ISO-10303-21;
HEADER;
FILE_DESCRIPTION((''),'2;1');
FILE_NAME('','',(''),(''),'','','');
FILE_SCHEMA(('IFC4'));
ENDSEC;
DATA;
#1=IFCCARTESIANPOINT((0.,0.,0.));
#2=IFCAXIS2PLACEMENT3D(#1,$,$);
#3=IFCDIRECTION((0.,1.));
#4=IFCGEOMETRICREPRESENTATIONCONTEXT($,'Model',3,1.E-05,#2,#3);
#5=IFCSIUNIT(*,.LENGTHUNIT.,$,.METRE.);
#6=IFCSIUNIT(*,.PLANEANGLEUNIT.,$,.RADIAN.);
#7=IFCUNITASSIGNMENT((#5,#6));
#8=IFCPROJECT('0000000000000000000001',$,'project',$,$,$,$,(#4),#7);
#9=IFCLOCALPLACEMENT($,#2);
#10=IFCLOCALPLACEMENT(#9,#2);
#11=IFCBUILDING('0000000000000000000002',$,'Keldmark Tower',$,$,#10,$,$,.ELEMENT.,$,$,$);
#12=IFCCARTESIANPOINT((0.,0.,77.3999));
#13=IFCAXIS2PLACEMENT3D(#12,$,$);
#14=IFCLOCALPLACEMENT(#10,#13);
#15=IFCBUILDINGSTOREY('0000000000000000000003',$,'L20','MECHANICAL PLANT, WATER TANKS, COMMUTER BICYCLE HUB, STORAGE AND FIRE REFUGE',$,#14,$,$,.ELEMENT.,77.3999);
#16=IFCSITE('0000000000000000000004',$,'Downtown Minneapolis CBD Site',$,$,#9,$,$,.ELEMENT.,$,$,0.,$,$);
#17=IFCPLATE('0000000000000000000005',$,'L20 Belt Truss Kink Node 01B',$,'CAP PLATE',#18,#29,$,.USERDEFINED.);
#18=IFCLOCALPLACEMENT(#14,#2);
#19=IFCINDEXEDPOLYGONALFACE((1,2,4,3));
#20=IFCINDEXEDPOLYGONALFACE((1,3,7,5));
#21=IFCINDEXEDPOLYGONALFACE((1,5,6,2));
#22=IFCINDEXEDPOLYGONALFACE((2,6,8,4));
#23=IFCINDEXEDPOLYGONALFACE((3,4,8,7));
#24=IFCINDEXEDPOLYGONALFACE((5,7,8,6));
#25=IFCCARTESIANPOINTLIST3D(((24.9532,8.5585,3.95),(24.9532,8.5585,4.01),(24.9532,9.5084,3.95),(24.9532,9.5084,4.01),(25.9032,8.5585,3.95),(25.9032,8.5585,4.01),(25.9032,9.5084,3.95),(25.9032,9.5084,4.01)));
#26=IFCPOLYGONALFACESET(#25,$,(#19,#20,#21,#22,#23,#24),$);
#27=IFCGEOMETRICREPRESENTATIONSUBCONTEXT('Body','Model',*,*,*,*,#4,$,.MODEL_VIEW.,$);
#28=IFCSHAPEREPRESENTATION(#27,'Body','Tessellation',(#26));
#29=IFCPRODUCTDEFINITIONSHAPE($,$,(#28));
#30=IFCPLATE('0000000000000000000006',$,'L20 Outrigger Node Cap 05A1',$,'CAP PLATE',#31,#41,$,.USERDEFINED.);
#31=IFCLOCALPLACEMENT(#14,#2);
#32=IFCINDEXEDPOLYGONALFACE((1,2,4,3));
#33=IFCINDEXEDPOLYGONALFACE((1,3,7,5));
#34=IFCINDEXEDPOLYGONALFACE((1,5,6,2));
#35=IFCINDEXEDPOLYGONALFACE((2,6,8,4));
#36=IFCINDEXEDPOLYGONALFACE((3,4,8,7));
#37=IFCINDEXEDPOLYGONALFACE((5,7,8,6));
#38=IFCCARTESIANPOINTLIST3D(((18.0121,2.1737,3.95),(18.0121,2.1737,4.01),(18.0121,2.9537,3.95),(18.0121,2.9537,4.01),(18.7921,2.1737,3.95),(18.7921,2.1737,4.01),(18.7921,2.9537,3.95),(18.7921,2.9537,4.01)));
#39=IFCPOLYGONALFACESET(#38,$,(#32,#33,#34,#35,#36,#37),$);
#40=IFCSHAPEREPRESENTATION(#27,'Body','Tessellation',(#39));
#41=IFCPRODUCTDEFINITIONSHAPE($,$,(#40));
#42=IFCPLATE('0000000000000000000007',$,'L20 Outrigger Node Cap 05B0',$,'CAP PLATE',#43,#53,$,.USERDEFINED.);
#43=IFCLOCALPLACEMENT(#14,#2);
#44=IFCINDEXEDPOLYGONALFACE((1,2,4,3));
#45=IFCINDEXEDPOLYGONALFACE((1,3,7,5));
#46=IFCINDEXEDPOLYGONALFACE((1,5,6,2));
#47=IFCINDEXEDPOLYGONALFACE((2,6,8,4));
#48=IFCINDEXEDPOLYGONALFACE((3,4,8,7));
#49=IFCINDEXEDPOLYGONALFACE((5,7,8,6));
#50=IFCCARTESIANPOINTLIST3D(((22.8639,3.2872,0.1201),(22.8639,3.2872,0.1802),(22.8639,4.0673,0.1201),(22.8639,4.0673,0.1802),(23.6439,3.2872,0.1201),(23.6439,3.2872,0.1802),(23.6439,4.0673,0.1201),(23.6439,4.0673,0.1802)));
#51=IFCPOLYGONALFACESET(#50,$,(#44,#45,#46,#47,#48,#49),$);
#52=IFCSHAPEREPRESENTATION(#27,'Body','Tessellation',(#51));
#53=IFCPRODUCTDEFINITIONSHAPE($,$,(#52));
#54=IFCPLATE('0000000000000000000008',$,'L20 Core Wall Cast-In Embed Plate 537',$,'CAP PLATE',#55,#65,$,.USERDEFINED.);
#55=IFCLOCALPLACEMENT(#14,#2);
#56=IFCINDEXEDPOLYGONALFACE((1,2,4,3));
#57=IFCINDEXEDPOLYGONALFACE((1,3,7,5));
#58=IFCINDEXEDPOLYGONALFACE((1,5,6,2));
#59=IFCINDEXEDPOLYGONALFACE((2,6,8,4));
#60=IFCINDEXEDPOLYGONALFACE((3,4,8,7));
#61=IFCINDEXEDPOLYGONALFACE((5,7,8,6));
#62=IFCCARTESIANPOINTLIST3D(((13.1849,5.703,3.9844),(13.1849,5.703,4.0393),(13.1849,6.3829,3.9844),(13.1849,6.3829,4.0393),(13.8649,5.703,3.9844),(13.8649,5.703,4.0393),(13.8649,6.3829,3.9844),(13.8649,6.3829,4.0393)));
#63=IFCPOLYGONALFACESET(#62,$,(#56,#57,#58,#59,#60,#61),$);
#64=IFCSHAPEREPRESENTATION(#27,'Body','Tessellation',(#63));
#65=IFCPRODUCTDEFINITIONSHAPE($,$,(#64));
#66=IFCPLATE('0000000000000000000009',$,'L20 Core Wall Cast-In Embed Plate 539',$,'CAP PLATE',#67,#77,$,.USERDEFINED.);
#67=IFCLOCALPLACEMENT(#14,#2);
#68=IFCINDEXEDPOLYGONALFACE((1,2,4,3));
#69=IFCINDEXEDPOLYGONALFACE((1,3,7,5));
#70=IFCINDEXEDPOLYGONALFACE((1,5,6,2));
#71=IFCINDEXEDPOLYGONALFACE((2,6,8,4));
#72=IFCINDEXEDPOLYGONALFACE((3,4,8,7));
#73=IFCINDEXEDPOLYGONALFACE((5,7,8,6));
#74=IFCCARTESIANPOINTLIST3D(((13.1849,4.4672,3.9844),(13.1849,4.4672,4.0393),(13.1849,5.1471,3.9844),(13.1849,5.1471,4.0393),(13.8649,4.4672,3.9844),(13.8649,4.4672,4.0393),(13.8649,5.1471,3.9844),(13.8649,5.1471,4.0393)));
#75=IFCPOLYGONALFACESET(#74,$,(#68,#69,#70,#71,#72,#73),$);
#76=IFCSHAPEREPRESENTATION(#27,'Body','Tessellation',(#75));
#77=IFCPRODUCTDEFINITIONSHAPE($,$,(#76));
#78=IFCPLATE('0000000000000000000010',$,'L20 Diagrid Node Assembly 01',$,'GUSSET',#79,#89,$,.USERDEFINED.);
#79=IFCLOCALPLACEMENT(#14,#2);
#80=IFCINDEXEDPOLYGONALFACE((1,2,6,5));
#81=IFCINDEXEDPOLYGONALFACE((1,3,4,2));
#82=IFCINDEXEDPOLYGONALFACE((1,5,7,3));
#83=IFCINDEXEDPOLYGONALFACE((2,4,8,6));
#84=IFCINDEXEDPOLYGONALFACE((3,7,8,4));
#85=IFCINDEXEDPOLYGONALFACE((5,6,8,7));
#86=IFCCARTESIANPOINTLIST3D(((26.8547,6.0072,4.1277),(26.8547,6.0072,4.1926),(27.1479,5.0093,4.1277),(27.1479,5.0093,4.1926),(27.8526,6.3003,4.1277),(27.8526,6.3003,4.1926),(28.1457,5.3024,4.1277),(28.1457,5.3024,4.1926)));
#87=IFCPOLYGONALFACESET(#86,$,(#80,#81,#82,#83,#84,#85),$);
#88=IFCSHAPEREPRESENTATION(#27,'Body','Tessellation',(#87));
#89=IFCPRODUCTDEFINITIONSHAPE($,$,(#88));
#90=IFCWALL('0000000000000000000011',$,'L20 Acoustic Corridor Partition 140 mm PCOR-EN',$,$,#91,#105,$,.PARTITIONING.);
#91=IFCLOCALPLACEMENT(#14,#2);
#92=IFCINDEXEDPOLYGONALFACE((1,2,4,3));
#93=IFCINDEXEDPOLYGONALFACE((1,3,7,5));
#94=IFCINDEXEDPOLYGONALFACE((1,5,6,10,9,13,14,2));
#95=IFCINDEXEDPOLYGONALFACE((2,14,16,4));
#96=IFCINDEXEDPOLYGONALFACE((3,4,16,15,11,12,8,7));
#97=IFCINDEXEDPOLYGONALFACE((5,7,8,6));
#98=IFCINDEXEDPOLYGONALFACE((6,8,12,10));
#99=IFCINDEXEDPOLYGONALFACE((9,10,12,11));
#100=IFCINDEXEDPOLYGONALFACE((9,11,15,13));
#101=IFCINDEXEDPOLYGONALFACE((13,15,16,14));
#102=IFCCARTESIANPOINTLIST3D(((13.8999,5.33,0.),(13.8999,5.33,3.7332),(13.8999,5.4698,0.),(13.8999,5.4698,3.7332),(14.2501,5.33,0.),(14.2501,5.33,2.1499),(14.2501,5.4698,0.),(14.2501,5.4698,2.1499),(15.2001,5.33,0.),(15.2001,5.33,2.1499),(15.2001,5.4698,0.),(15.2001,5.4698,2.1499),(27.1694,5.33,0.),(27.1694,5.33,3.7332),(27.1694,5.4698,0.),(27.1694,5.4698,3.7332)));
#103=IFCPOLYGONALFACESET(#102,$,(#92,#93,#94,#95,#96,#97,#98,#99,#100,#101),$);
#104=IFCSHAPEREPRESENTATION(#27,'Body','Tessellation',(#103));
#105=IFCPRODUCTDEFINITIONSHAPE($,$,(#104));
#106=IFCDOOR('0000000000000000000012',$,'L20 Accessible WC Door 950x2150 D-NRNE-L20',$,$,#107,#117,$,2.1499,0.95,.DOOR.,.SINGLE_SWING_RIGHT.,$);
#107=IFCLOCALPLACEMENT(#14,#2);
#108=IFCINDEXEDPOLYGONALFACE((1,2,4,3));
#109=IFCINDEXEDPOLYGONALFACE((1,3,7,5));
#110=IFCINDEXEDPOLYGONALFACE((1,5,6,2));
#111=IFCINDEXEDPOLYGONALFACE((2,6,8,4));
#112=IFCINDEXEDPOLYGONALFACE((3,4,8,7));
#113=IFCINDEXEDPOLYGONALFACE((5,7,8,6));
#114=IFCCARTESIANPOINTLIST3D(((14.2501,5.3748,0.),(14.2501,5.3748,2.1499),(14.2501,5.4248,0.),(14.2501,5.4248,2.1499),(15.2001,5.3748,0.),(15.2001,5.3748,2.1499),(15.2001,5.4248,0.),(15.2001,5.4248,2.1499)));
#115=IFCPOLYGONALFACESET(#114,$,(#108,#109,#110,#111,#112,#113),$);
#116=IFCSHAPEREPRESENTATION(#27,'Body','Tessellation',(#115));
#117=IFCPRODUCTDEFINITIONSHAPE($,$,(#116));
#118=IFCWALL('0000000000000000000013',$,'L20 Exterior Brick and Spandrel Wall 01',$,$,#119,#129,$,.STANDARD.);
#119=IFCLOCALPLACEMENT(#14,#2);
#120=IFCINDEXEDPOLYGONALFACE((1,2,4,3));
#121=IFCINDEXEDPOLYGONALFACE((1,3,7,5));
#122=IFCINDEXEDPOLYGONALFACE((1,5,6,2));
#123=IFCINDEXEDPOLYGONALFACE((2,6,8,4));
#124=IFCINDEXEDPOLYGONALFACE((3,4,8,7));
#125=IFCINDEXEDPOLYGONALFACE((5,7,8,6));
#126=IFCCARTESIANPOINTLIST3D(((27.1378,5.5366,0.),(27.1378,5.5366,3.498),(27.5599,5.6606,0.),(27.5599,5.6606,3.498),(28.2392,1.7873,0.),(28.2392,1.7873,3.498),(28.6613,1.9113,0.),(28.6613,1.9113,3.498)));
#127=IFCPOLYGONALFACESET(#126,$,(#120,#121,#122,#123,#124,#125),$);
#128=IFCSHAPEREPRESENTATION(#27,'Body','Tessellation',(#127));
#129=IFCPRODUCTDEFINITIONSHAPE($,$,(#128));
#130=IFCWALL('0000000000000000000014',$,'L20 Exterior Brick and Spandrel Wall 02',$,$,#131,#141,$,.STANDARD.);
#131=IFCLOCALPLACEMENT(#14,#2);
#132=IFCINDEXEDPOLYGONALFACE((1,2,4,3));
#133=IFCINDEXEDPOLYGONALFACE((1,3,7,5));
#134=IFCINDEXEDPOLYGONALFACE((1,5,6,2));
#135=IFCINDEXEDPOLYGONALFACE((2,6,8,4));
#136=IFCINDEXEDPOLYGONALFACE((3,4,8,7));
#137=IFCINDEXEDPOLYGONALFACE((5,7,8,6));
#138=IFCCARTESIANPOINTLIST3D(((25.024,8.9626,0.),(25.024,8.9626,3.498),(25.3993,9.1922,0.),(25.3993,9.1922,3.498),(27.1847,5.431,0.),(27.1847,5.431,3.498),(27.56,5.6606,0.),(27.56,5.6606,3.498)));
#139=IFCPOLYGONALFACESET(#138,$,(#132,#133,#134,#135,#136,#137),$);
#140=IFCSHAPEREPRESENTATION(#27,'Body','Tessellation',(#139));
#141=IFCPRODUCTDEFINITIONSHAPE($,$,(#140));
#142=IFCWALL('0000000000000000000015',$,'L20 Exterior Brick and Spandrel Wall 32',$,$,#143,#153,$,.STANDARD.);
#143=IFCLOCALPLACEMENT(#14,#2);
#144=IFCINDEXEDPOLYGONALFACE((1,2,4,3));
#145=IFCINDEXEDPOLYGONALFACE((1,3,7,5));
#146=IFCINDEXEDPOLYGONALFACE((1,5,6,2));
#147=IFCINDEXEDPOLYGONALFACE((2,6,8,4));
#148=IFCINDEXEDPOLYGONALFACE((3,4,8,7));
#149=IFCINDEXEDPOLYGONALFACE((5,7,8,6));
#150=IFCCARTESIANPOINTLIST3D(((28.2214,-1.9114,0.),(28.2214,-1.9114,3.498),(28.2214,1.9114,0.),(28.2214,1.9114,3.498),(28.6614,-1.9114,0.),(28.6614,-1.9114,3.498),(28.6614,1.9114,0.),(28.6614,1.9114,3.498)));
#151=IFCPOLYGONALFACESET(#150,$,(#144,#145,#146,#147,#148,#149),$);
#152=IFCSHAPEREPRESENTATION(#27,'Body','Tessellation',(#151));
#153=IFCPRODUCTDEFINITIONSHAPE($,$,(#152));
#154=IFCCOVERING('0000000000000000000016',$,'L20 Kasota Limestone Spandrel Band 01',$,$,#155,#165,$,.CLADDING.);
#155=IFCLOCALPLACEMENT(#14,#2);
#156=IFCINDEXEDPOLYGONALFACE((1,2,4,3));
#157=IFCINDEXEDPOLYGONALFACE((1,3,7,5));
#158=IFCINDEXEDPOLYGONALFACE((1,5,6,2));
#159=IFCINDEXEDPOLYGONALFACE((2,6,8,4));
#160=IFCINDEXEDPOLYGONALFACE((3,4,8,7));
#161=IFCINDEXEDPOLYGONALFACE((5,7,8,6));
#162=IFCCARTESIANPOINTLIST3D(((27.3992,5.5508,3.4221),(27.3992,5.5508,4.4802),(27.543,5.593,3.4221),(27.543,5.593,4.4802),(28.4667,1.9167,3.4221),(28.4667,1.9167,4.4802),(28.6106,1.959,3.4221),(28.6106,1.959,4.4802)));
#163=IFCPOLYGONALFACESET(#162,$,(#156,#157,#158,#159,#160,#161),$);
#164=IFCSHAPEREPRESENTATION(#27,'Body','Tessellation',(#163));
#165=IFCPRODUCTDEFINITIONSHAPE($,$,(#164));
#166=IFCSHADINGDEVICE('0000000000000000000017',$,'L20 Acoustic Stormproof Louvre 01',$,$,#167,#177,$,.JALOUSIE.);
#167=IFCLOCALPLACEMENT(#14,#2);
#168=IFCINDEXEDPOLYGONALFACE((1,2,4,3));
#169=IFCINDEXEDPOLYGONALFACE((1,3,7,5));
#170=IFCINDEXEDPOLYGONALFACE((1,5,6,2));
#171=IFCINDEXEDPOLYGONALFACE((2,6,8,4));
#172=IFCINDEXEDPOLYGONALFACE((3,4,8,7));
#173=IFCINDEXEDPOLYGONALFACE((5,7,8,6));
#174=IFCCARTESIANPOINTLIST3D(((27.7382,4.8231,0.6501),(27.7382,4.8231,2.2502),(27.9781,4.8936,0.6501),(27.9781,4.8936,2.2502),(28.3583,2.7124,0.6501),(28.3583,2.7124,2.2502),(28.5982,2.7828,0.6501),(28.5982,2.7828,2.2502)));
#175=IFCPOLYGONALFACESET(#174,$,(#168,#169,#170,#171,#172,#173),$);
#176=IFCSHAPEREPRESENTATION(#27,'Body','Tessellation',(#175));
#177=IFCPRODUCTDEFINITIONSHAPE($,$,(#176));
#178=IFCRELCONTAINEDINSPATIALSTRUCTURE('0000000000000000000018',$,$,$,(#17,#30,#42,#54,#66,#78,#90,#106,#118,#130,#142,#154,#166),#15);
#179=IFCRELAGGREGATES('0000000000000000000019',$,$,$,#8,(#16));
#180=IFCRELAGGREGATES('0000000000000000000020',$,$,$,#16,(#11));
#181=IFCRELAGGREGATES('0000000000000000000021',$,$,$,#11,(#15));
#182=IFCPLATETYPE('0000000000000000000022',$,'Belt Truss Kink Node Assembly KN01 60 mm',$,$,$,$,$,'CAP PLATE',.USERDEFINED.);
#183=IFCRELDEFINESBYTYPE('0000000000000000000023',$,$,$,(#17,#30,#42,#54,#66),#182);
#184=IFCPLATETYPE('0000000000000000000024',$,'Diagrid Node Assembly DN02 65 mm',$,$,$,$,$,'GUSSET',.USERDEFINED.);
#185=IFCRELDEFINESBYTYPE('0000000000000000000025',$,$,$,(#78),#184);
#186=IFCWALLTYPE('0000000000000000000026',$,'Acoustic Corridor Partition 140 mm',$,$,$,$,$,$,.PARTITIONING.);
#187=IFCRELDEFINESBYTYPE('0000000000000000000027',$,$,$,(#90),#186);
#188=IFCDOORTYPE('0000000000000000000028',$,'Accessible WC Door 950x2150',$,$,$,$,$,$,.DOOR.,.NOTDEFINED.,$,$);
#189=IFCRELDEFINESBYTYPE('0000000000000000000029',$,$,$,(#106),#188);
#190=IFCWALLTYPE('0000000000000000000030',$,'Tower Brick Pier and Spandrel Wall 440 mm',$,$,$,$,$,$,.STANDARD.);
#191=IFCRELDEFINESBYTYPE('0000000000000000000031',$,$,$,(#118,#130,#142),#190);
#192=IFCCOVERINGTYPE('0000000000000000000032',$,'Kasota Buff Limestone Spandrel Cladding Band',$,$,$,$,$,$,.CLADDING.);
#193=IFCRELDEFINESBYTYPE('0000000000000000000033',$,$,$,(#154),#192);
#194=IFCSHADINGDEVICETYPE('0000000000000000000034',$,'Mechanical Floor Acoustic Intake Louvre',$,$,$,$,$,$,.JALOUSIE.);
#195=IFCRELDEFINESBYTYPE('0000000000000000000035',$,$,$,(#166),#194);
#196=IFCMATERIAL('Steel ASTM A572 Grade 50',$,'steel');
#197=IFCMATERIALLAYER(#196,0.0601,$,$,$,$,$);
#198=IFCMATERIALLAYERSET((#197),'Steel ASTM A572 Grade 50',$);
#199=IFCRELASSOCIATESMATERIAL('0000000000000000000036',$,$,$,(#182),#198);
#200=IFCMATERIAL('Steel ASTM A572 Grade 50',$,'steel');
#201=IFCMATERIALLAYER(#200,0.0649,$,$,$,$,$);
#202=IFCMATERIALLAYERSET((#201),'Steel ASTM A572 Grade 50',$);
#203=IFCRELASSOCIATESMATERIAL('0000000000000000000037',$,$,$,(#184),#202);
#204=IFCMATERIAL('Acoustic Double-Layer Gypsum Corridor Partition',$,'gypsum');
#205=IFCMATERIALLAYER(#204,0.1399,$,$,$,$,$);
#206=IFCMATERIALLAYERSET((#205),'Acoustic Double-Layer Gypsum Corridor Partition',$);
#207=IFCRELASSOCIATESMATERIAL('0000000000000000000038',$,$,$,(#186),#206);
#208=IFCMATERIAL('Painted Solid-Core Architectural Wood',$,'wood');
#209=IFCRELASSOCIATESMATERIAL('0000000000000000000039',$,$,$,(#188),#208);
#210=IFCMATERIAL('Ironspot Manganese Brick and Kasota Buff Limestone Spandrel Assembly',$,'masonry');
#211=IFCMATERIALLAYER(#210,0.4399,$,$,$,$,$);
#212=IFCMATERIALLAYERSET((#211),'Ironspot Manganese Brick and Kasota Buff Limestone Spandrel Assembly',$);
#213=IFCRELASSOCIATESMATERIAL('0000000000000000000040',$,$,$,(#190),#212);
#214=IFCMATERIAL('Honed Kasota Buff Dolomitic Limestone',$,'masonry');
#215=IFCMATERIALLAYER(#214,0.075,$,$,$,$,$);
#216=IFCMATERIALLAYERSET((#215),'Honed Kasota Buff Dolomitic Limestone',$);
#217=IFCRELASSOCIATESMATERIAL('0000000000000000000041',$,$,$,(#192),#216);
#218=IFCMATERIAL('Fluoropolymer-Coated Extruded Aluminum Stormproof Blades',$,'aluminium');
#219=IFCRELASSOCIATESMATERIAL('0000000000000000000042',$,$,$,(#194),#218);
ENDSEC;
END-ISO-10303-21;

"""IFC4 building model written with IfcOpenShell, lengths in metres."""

from ifc_helpers import new_model, si_unit, direction, frame, frame_2d, origin, origin_2d, place, context, subcontext, project, spatial, rectangle, extrude, material, layer, layer_set, type_object, element, fill, save


model = new_model("IFC4")

# Units and contexts
model_context = context("Model", 3, precision=1e-05, world=origin(), true_north=direction((0.0, 1.0)))
body_context = subcontext(model_context, "Body", "Model", "MODEL_VIEW")
ifc_project = project(units=[si_unit("LENGTHUNIT", "METRE"), si_unit("PLANEANGLEUNIT", "RADIAN")], contexts=[model_context])

# Site, building, storey
site_placement = place(None, origin())
site = spatial("IfcSite", under=ifc_project, at=site_placement, Name="Downtown Minneapolis CBD Site", CompositionType="ELEMENT", RefElevation=0.0)
building_placement = place(site_placement, origin())
building = spatial("IfcBuilding", under=site, at=building_placement, Name="Keldmark Tower", CompositionType="ELEMENT")
storey_placement = place(building_placement, frame((0.0, 0.0, 77.3999)))
storey = spatial("IfcBuildingStorey", under=building, at=storey_placement, Name="L20", Description="MECHANICAL PLANT, WATER TANKS, COMMUTER BICYCLE HUB, STORAGE AND FIRE REFUGE", CompositionType="ELEMENT", Elevation=77.3999)

# Plates
ifc_material_1 = material(Name="Steel ASTM A572 Grade 50", Category="steel")
ifc_layer_1 = layer(ifc_material_1, 0.0601)
ifc_layer_set_1 = layer_set([ifc_layer_1], Name="Steel ASTM A572 Grade 50")
plate_type_1 = type_object("IfcPlateType", Name="Belt Truss Kink Node Assembly KN01 60 mm", ElementType="CAP PLATE", PredefinedType="USERDEFINED", material=ifc_layer_set_1)
for number, where, z_axis, x_axis, name in (
    (1, (25.4282, 9.0334, 3.95), (0.0, 0.0, 1.0), (1.0, 0.0, 0.0), "L20 Belt Truss Kink Node 01B"),
):
    element("IfcPlate", number, at=place(storey_placement, frame(where, z_axis=z_axis, x_axis=x_axis)), inside=storey, type_object=plate_type_1, Name=name, ObjectType="CAP PLATE", PredefinedType="USERDEFINED", context=body_context, shape_type="SweptSolid", body=[
        extrude(rectangle(XDim=0.95, YDim=0.95, at=origin_2d()), origin(), (0.0, 0.0, 1.0), 0.0601),
    ])
for number, where, z_axis, x_axis, name in (
    (2, (18.4021, 2.5637, 3.95), (0.0, 0.0, 1.0), (1.0, 0.0, 0.0), "L20 Outrigger Node Cap 05A1"),
    (3, (23.2539, 3.6772, 0.1201), (0.0, 0.0, 1.0), (1.0, 0.0, 0.0), "L20 Outrigger Node Cap 05B0"),
):
    element("IfcPlate", number, at=place(storey_placement, frame(where, z_axis=z_axis, x_axis=x_axis)), inside=storey, type_object=plate_type_1, Name=name, ObjectType="CAP PLATE", PredefinedType="USERDEFINED", context=body_context, shape_type="SweptSolid", body=[
        extrude(rectangle(XDim=0.78, YDim=0.78, at=origin_2d()), origin(), (0.0, 0.0, 1.0), 0.0601),
    ])
for number, where, z_axis, x_axis, name in (
    (4, (13.5249, 6.043, 3.9844), (0.0, 0.0, 1.0), (1.0, 0.0, 0.0), "L20 Core Wall Cast-In Embed Plate 537"),
    (5, (13.5249, 4.8071, 3.9844), (0.0, 0.0, 1.0), (1.0, 0.0, 0.0), "L20 Core Wall Cast-In Embed Plate 539"),
):
    element("IfcPlate", number, at=place(storey_placement, frame(where, z_axis=z_axis, x_axis=x_axis)), inside=storey, type_object=plate_type_1, Name=name, ObjectType="CAP PLATE", PredefinedType="USERDEFINED", context=body_context, shape_type="SweptSolid", body=[
        extrude(rectangle(XDim=0.6799, YDim=0.6799, at=origin_2d()), origin(), (0.0, 0.0, 1.0), 0.0549),
    ])
ifc_material_2 = material(Name="Steel ASTM A572 Grade 50", Category="steel")
ifc_layer_2 = layer(ifc_material_2, 0.0649)
ifc_layer_set_2 = layer_set([ifc_layer_2], Name="Steel ASTM A572 Grade 50")
plate_type_2 = type_object("IfcPlateType", Name="Diagrid Node Assembly DN02 65 mm", ElementType="GUSSET", PredefinedType="USERDEFINED", material=ifc_layer_set_2)
plate_placement = place(storey_placement, frame((27.5002, 5.6548, 4.1277), z_axis=(0.0, 0.0, 1.0), x_axis=(-0.281839, 0.959462, 0.0)))
element("IfcPlate", 6, at=plate_placement, inside=storey, type_object=plate_type_2, Name="L20 Diagrid Node Assembly 01", ObjectType="GUSSET", PredefinedType="USERDEFINED", context=body_context, shape_type="SweptSolid", body=[
    extrude(rectangle(XDim=1.04, YDim=1.04, at=origin_2d()), origin(), (0.0, 0.0, 1.0), 0.0649),
])

# Wall, opening, door
ifc_material_3 = material(Name="Acoustic Double-Layer Gypsum Corridor Partition", Category="gypsum")
ifc_layer_3 = layer(ifc_material_3, 0.1399)
ifc_layer_set_3 = layer_set([ifc_layer_3], Name="Acoustic Double-Layer Gypsum Corridor Partition")
wall_type_1 = type_object("IfcWallType", Name="Acoustic Corridor Partition 140 mm", PredefinedType="PARTITIONING", material=ifc_layer_set_3)
wall_1_placement = place(storey_placement, frame((13.8999, 5.3999, 0.0), z_axis=(0.0, 0.0, 1.0), x_axis=(1.0, 0.0, 0.0)))
wall_1 = element("IfcWall", 7, at=wall_1_placement, inside=storey, type_object=wall_type_1, Name="L20 Acoustic Corridor Partition 140 mm PCOR-EN", PredefinedType="PARTITIONING", context=body_context, shape_type="SweptSolid", body=[
    extrude(rectangle(XDim=13.2695, YDim=0.1399, at=frame_2d((6.6348, 0.0))), origin(), (0.0, 0.0, 1.0), 3.7332),
])
opening_placement = place(wall_1_placement, frame((0.3501, 0.0, 0.0)))
opening = element("IfcOpeningElement", 8, at=opening_placement, cuts=wall_1, PredefinedType="OPENING", context=body_context, shape_type="SweptSolid", body=[
    extrude(rectangle(XDim=0.95, YDim=2.1499, at=frame_2d((0.4751, 1.075))), frame((0.0, 0.0798, 0.0), z_axis=(0.0, -1.0, 0.0), x_axis=(1.0, 0.0, 0.0)), (0.0, 0.0, 1.0), 0.1599),
])
ifc_material_4 = material(Name="Painted Solid-Core Architectural Wood", Category="wood")
door_type = type_object("IfcDoorType", Name="Accessible WC Door 950x2150", OperationType="NOTDEFINED", PredefinedType="DOOR", material=ifc_material_4)
door_placement = place(opening_placement, origin())
door = element("IfcDoor", 9, at=door_placement, inside=storey, type_object=door_type, Name="L20 Accessible WC Door 950x2150 D-NRNE-L20", OperationType="SINGLE_SWING_RIGHT", OverallHeight=2.1499, OverallWidth=0.95, PredefinedType="DOOR", context=body_context, shape_type="SweptSolid", body=[
    extrude(rectangle(XDim=0.95, YDim=2.1499, at=frame_2d((0.4751, 1.075))), frame((0.0, 0.0249, 0.0), z_axis=(0.0, -1.0, 0.0), x_axis=(1.0, 0.0, 0.0)), (0.0, 0.0, 1.0), 0.05),
])
fill(opening, door)

# Walls
ifc_material_5 = material(Name="Ironspot Manganese Brick and Kasota Buff Limestone Spandrel Assembly", Category="masonry")
ifc_layer_4 = layer(ifc_material_5, 0.4399)
ifc_layer_set_4 = layer_set([ifc_layer_4], Name="Ironspot Manganese Brick and Kasota Buff Limestone Spandrel Assembly")
wall_type_2 = type_object("IfcWallType", Name="Tower Brick Pier and Spandrel Wall 440 mm", PredefinedType="STANDARD", material=ifc_layer_set_4)
wall_2_placement = place(storey_placement, frame((27.3489, 5.5986, 0.0), z_axis=(0.0, 0.0, 1.0), x_axis=(0.281835, -0.959463, 0.0)))
element("IfcWall", 10, at=wall_2_placement, inside=storey, type_object=wall_type_2, Name="L20 Exterior Brick and Spandrel Wall 01", PredefinedType="STANDARD", context=body_context, shape_type="SweptSolid", body=[
    extrude(rectangle(XDim=3.9077, YDim=0.4399, at=frame_2d((1.9539, 0.0))), origin(), (0.0, 0.0, 1.0), 3.498),
])
wall_3_placement = place(storey_placement, frame((25.2117, 9.0774, 0.0), z_axis=(0.0, 0.0, 1.0), x_axis=(0.521891, -0.853012, 0.0)))
element("IfcWall", 11, at=wall_3_placement, inside=storey, type_object=wall_type_2, Name="L20 Exterior Brick and Spandrel Wall 02", PredefinedType="STANDARD", context=body_context, shape_type="SweptSolid", body=[
    extrude(rectangle(XDim=4.1401, YDim=0.4399, at=frame_2d((2.0701, 0.0))), origin(), (0.0, 0.0, 1.0), 3.498),
])
wall_4_placement = place(storey_placement, frame((28.4414, 1.9114, 0.0), z_axis=(0.0, 0.0, 1.0), x_axis=(0.0, -1.0, 0.0)))
element("IfcWall", 12, at=wall_4_placement, inside=storey, type_object=wall_type_2, Name="L20 Exterior Brick and Spandrel Wall 32", PredefinedType="STANDARD", context=body_context, shape_type="SweptSolid", body=[
    extrude(rectangle(XDim=3.8228, YDim=0.4399, at=frame_2d((1.9114, 0.0))), origin(), (0.0, 0.0, 1.0), 3.498),
])

# Covering
ifc_material_6 = material(Name="Honed Kasota Buff Dolomitic Limestone", Category="masonry")
ifc_layer_5 = layer(ifc_material_6, 0.075)
ifc_layer_set_5 = layer_set([ifc_layer_5], Name="Honed Kasota Buff Dolomitic Limestone")
covering_type = type_object("IfcCoveringType", Name="Kasota Buff Limestone Spandrel Cladding Band", PredefinedType="CLADDING", material=ifc_layer_set_5)
covering_placement = place(storey_placement, frame((28.0049, 3.7549, 3.4221), z_axis=(0.0, 0.0, 1.0), x_axis=(-0.281856, 0.959457, 0.0)))
element("IfcCovering", 13, at=covering_placement, inside=storey, type_object=covering_type, Name="L20 Kasota Limestone Spandrel Band 01", PredefinedType="CLADDING", context=body_context, shape_type="SweptSolid", body=[
    extrude(rectangle(XDim=3.7876, YDim=0.1499, at=origin_2d()), origin(), (0.0, 0.0, 1.0), 1.0581),
])

# Shading device
ifc_material_7 = material(Name="Fluoropolymer-Coated Extruded Aluminum Stormproof Blades", Category="aluminium")
shading_device_type = type_object("IfcShadingDeviceType", Name="Mechanical Floor Acoustic Intake Louvre", PredefinedType="JALOUSIE", material=ifc_material_7)
shading_device_placement = place(storey_placement, frame((28.1682, 3.803, 0.6501), z_axis=(0.0, 0.0, 1.0), x_axis=(-0.281856, 0.959457, 0.0)))
element("IfcShadingDevice", 14, at=shading_device_placement, inside=storey, type_object=shading_device_type, Name="L20 Acoustic Stormproof Louvre 01", PredefinedType="JALOUSIE", context=body_context, shape_type="SweptSolid", body=[
    extrude(rectangle(XDim=2.2, YDim=0.25, at=origin_2d()), origin(), (0.0, 0.0, 1.0), 1.6001),
])

save(model, "model.ifc")
